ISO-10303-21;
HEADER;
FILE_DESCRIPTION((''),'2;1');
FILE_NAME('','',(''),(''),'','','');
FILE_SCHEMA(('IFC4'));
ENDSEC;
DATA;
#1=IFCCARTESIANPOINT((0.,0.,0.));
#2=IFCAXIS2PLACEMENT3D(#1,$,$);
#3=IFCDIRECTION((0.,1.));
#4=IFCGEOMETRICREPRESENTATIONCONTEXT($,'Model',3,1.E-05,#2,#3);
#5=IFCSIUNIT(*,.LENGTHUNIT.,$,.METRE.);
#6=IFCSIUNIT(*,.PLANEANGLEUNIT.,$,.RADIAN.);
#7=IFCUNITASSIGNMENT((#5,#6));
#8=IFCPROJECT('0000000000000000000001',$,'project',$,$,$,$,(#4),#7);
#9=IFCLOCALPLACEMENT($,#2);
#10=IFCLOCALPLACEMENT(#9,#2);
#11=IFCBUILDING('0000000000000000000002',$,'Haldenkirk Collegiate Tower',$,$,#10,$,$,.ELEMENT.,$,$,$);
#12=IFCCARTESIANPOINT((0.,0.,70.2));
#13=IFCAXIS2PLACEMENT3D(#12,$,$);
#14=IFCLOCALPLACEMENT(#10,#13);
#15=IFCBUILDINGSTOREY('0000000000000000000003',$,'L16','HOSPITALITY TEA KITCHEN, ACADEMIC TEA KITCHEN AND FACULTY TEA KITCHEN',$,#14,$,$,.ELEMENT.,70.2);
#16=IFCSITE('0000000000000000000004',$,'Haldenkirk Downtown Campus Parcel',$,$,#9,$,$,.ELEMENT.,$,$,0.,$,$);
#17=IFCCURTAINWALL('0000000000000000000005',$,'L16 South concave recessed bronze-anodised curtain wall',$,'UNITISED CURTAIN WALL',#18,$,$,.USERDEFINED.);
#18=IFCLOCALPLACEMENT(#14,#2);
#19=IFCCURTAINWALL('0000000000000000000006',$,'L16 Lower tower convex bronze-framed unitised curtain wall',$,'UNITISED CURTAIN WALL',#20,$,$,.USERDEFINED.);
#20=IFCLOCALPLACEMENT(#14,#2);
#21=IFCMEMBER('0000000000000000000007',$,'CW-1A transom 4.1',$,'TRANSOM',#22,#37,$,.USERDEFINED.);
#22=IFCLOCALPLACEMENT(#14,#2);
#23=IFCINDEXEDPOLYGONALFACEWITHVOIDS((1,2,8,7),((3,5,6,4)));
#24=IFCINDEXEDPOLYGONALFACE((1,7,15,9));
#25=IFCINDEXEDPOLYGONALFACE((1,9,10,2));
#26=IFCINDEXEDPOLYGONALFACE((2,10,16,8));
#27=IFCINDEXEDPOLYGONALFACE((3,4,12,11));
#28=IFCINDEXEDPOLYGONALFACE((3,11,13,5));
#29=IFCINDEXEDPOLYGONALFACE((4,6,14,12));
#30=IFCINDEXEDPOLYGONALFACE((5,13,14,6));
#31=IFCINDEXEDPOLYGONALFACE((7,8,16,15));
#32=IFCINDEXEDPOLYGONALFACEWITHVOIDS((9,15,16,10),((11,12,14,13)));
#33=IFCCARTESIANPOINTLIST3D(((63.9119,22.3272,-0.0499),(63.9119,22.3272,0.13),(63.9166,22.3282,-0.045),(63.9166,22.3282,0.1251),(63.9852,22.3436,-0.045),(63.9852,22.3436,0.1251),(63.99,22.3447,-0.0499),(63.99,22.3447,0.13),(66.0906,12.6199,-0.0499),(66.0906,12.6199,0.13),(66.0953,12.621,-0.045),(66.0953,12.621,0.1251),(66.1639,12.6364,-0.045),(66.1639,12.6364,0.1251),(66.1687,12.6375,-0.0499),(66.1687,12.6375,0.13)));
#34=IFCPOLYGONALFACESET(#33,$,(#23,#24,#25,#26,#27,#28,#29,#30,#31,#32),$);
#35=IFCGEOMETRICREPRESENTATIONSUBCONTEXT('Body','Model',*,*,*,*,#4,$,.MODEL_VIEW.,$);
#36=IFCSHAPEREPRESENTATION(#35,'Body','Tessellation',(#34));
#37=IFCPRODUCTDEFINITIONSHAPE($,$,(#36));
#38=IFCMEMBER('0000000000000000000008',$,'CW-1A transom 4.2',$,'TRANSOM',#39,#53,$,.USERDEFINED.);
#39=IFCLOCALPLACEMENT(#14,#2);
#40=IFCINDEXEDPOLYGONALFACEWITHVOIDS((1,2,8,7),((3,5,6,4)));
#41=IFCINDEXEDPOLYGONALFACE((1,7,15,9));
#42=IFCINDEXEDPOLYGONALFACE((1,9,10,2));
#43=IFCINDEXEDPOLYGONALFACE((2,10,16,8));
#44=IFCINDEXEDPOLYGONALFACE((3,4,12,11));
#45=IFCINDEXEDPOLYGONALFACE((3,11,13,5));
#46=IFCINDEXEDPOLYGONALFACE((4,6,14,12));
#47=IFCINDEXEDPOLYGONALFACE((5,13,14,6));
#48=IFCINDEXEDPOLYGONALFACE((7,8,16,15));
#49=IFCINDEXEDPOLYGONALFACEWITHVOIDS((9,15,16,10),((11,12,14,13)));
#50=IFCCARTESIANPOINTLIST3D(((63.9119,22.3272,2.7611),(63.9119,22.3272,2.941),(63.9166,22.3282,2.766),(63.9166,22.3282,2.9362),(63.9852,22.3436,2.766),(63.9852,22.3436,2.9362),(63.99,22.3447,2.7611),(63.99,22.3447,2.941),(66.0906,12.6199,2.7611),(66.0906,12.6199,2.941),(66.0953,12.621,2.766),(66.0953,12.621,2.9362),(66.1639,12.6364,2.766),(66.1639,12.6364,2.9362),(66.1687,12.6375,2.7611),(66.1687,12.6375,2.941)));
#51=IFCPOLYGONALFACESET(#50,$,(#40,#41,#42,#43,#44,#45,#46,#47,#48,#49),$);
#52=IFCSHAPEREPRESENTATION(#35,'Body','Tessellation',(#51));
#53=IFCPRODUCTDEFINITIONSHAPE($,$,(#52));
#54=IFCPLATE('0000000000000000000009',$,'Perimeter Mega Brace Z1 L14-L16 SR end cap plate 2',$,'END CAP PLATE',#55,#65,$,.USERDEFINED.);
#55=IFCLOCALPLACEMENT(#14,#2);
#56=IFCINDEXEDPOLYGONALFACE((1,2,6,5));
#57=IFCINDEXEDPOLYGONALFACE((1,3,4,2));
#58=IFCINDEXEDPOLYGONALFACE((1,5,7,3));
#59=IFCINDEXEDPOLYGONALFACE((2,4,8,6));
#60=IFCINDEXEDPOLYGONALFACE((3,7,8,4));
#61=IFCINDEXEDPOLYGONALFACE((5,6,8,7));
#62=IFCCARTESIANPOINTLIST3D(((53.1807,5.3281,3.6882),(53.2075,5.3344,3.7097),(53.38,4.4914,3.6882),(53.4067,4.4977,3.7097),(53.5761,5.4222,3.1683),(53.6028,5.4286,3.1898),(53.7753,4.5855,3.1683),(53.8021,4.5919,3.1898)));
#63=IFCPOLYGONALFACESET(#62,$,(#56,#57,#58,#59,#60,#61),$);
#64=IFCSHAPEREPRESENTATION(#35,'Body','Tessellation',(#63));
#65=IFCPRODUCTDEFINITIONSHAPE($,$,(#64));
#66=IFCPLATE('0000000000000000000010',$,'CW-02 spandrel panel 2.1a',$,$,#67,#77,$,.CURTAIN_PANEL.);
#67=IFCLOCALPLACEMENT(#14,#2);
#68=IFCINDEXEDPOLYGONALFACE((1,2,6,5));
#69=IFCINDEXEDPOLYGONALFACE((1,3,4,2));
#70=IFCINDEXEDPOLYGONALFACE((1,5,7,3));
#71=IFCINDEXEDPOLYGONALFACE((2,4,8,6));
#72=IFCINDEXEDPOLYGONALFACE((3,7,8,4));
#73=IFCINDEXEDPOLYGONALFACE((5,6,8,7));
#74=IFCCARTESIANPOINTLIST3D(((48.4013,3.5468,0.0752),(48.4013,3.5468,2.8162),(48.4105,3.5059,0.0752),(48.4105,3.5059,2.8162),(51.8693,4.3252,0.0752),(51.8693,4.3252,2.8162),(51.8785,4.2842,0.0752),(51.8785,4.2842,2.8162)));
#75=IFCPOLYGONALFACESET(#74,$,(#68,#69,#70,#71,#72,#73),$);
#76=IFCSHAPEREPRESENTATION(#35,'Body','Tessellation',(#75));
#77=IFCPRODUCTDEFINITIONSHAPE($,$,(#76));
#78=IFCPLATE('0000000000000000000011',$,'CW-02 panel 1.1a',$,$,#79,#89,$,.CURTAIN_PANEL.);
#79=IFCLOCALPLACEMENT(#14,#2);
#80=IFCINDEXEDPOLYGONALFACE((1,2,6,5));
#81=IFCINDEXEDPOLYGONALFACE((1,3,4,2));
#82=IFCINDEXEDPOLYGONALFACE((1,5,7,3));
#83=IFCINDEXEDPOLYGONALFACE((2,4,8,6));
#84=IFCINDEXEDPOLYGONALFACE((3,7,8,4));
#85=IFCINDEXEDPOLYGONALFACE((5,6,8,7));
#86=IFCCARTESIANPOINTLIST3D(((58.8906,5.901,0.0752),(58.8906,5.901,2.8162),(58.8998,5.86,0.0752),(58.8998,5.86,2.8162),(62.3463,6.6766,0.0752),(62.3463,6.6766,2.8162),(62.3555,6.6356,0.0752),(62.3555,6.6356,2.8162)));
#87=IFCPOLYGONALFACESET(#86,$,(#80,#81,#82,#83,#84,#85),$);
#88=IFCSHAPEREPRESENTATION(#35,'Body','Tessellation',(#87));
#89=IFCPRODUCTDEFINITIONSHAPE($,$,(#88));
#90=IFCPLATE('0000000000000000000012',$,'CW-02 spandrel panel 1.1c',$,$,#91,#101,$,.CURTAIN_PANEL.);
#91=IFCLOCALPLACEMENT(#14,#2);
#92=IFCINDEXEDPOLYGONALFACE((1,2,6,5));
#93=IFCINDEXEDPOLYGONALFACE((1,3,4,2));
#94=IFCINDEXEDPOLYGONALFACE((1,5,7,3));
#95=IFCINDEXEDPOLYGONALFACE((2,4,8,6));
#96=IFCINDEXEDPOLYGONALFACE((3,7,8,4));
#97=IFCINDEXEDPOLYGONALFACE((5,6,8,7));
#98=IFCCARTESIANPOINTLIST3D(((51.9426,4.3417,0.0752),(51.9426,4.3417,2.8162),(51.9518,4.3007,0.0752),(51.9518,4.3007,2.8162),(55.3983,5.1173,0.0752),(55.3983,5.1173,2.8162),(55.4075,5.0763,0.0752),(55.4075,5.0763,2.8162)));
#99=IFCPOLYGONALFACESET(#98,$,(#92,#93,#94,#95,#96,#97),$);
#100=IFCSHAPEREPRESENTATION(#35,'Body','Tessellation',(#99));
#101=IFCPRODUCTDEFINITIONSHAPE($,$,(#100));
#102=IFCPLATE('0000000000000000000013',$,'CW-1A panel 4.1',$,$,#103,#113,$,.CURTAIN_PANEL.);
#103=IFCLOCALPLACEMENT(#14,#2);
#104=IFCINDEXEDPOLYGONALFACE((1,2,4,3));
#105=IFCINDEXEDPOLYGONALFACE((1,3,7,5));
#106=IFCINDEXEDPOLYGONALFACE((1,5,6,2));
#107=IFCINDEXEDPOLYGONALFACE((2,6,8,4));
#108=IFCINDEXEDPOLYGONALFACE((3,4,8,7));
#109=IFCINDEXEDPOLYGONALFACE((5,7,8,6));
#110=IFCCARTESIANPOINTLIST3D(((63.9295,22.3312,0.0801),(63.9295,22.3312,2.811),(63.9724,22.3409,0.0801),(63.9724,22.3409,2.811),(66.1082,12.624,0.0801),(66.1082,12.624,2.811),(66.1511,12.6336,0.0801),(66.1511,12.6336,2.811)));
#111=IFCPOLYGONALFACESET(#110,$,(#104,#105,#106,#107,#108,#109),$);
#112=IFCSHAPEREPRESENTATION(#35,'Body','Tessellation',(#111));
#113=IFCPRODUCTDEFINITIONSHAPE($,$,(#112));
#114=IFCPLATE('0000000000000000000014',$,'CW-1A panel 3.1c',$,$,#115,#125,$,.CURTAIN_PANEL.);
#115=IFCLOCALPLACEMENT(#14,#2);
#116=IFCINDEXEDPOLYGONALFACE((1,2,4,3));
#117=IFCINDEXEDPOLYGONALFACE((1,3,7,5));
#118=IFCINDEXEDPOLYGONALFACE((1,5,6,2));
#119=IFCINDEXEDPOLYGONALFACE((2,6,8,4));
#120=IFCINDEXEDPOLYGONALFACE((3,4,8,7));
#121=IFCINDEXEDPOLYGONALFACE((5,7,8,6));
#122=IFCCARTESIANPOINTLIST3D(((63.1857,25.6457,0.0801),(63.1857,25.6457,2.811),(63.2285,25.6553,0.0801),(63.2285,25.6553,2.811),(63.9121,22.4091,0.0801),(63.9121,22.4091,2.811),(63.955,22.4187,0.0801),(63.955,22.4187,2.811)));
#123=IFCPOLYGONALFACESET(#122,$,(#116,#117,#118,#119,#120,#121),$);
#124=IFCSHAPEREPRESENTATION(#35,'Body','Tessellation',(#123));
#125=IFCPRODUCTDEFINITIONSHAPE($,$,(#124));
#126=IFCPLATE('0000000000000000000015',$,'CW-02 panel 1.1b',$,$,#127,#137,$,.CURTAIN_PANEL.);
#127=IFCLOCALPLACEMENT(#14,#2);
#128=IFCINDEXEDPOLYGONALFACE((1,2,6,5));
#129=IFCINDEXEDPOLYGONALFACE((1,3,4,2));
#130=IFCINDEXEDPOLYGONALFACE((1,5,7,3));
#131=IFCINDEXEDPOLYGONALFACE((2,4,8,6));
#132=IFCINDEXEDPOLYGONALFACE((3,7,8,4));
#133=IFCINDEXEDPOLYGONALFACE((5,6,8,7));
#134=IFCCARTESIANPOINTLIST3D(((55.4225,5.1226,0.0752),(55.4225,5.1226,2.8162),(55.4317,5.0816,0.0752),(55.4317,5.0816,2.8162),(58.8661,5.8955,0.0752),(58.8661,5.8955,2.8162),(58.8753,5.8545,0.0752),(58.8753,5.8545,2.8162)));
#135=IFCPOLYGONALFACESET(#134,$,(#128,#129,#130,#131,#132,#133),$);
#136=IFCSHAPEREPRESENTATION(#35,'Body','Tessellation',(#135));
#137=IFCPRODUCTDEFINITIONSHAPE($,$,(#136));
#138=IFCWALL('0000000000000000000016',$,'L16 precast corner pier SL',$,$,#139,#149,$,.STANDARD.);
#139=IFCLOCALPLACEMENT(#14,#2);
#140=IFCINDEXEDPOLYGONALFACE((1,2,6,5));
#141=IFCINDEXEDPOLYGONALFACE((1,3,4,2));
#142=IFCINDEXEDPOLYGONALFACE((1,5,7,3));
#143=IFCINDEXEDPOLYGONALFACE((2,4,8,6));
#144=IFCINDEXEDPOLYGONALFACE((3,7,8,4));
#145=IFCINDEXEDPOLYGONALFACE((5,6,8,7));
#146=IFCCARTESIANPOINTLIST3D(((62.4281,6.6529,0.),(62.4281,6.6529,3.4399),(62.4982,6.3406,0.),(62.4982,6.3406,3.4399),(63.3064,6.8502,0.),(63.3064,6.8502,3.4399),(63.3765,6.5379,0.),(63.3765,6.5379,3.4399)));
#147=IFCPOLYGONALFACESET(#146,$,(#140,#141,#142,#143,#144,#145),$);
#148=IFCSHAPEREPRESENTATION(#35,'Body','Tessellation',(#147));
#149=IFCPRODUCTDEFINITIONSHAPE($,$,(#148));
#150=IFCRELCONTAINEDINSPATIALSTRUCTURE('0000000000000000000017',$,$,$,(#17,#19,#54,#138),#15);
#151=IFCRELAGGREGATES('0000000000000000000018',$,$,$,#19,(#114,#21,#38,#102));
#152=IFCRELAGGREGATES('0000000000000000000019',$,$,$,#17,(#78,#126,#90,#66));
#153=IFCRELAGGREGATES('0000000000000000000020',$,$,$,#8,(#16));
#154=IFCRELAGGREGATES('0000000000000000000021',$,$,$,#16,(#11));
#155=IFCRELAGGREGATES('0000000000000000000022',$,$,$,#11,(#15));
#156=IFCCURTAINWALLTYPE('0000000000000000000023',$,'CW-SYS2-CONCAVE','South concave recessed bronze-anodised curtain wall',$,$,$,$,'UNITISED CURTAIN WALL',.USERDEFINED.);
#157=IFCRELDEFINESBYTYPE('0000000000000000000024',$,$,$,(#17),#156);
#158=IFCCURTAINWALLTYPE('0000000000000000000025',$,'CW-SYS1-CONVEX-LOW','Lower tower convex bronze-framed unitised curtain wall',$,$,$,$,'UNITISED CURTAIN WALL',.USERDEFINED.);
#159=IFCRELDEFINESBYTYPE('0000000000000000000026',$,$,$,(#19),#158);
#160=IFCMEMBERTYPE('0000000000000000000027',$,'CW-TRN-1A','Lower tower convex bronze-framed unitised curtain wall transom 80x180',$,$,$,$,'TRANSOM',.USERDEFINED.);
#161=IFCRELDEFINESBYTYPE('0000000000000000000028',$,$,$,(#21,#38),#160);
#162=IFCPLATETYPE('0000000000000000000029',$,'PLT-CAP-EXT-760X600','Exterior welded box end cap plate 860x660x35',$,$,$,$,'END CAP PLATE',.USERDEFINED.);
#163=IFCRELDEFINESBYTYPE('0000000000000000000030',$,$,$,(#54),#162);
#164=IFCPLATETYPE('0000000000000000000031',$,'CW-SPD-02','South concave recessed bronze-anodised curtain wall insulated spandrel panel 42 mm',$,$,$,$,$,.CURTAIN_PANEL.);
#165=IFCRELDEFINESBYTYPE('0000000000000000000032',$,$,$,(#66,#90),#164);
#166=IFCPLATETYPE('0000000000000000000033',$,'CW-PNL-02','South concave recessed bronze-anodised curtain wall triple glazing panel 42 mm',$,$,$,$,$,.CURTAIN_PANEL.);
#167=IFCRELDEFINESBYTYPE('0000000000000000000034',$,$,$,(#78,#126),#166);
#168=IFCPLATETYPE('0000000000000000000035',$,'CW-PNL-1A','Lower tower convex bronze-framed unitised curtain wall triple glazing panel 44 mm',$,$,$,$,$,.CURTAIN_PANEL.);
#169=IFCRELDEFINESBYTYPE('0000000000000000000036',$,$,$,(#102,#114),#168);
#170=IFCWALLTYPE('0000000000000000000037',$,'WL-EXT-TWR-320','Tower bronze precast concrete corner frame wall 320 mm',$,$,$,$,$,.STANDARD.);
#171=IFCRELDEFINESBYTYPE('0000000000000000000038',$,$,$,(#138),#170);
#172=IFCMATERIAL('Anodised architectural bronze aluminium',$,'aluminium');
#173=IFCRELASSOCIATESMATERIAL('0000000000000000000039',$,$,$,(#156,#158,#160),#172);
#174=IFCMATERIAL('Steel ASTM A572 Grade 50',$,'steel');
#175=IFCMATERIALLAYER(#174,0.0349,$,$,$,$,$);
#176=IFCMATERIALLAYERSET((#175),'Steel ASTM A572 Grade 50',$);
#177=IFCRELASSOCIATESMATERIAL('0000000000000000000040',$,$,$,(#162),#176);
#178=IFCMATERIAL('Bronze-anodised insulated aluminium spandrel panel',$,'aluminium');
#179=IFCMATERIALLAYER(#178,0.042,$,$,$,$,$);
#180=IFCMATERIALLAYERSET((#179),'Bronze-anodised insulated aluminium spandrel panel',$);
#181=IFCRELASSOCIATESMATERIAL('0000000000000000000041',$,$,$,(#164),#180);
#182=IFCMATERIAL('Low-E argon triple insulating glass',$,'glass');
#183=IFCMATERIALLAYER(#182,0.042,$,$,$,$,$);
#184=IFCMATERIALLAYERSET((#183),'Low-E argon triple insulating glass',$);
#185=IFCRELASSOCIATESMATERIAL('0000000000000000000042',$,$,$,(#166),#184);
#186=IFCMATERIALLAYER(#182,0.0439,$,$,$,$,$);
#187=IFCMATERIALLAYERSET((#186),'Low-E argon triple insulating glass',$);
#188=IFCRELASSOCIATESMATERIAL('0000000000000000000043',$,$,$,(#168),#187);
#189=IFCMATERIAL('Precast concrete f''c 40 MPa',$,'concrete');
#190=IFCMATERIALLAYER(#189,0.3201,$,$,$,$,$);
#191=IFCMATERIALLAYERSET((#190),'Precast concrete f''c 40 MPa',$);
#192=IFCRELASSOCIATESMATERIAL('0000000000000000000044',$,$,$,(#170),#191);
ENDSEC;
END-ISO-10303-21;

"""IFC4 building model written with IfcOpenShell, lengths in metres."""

from ifc_helpers import new_model, si_unit, direction, frame, frame_2d, origin, origin_2d, place, context, subcontext, project, spatial, rectangle, hollow_rectangle, extrude, source, transform, mapped, material, layer, layer_set, material_profile, profile_set, type_object, element, aggregate, save


model = new_model("IFC4")

# Units and contexts
model_context = context("Model", 3, precision=1e-05, world=origin(), true_north=direction((0.0, 1.0)))
body_context = subcontext(model_context, "Body", "Model", "MODEL_VIEW")
ifc_project = project(units=[si_unit("LENGTHUNIT", "METRE"), si_unit("PLANEANGLEUNIT", "RADIAN")], contexts=[model_context])

# Site, building, storey
site_placement = place(None, origin())
site = spatial("IfcSite", under=ifc_project, at=site_placement, Name="Haldenkirk Downtown Campus Parcel", CompositionType="ELEMENT", RefElevation=0.0)
building_placement = place(site_placement, origin())
building = spatial("IfcBuilding", under=site, at=building_placement, Name="Haldenkirk Collegiate Tower", CompositionType="ELEMENT")
storey_placement = place(building_placement, frame((0.0, 0.0, 70.2)))
storey = spatial("IfcBuildingStorey", under=building, at=storey_placement, Name="L16", Description="HOSPITALITY TEA KITCHEN, ACADEMIC TEA KITCHEN AND FACULTY TEA KITCHEN", CompositionType="ELEMENT", Elevation=70.2)

# Shared definitions
ifc_material_1 = material(Name="Steel ASTM A572 Grade 50", Category="steel")

# Curtain walls
ifc_material_2 = material(Name="Anodised architectural bronze aluminium", Category="aluminium")
curtain_wall_type_1 = type_object("IfcCurtainWallType", Name="CW-SYS2-CONCAVE", Description="South concave recessed bronze-anodised curtain wall", ElementType="UNITISED CURTAIN WALL", PredefinedType="USERDEFINED", material=ifc_material_2)
curtain_wall_1_placement = place(storey_placement, origin())
curtain_wall_1 = element("IfcCurtainWall", 1, at=curtain_wall_1_placement, inside=storey, type_object=curtain_wall_type_1, Name="L16 South concave recessed bronze-anodised curtain wall", ObjectType="UNITISED CURTAIN WALL", PredefinedType="USERDEFINED")
curtain_wall_type_2 = type_object("IfcCurtainWallType", Name="CW-SYS1-CONVEX-LOW", Description="Lower tower convex bronze-framed unitised curtain wall", ElementType="UNITISED CURTAIN WALL", PredefinedType="USERDEFINED", material=ifc_material_2)
curtain_wall_2_placement = place(storey_placement, origin())
curtain_wall_2 = element("IfcCurtainWall", 2, at=curtain_wall_2_placement, inside=storey, type_object=curtain_wall_type_2, Name="L16 Lower tower convex bronze-framed unitised curtain wall", ObjectType="UNITISED CURTAIN WALL", PredefinedType="USERDEFINED")

# Members
ifc_material_profile_1 = material_profile(ifc_material_2, hollow_rectangle(XDim=0.0801, YDim=0.1799, WallThickness=0.0049, at=origin_2d()), Name="CW-TRN-1A")
ifc_profile_set_1 = profile_set([ifc_material_profile_1], Name="Anodised architectural bronze aluminium")
member_type_1 = type_object("IfcMemberType", Name="CW-TRN-1A", Description="Lower tower convex bronze-framed unitised curtain wall transom 80x180", ElementType="TRANSOM", PredefinedType="USERDEFINED", material=ifc_profile_set_1)
member_1_placement = place(storey_placement, frame((63.9509, 22.3359, 0.04), z_axis=(0.218993, -0.975726, 0.0), x_axis=(0.975726, 0.218993, 0.0)))
member_1 = element("IfcMember", 3, at=member_1_placement, type_object=member_type_1, Name="CW-1A transom 4.1", ObjectType="TRANSOM", PredefinedType="USERDEFINED", context=body_context, shape_type="SweptSolid", body=[
    extrude(hollow_rectangle(XDim=0.0801, YDim=0.1799, WallThickness=0.0049, at=origin_2d()), origin(), (0.0, 0.0, 1.0), 9.9487),
])
member_2_placement = place(storey_placement, frame((63.9509, 22.3359, 2.8511), z_axis=(0.218993, -0.975726, 0.0), x_axis=(0.975726, 0.218993, 0.0)))
member_2 = element("IfcMember", 4, at=member_2_placement, type_object=member_type_1, Name="CW-1A transom 4.2", ObjectType="TRANSOM", PredefinedType="USERDEFINED", context=body_context, shape_type="SweptSolid", body=[
    extrude(hollow_rectangle(XDim=0.0801, YDim=0.1799, WallThickness=0.0049, at=origin_2d()), origin(), (0.0, 0.0, 1.0), 9.9487),
])

# Plates
ifc_layer_1 = layer(ifc_material_1, 0.0349)
ifc_layer_set_1 = layer_set([ifc_layer_1], Name="Steel ASTM A572 Grade 50")
plate_type_1 = type_object("IfcPlateType", Name="PLT-CAP-EXT-760X600", Description="Exterior welded box end cap plate 860x660x35", ElementType="END CAP PLATE", PredefinedType="USERDEFINED", material=ifc_layer_set_1)
shared_shape_1 = source(origin(), body_context, "Body", "SweptSolid", [
    extrude(rectangle(XDim=0.8601, YDim=0.6599, at=origin_2d()), origin(), (0.0, 0.0, 1.0), 0.0349),
])
plate_1_placement = place(storey_placement, frame((53.478, 4.9568, 3.4282), z_axis=(0.766452, 0.182499, 0.615829), x_axis=(-0.231633, 0.972803, 0.0)))
element("IfcPlate", 5, at=plate_1_placement, inside=storey, type_object=plate_type_1, Name="Perimeter Mega Brace Z1 L14-L16 SR end cap plate 2", ObjectType="END CAP PLATE", PredefinedType="USERDEFINED", context=body_context, shape_type="MappedRepresentation", body=[
    mapped(shared_shape_1, transform((0.0, 0.0, 0.0), x_axis=(1.0, 0.0, 0.0), y_axis=(0.0, 1.0, 0.0), z_axis=(0.0, 0.0, 1.0), scale=1.0)),
])
ifc_material_3 = material(Name="Bronze-anodised insulated aluminium spandrel panel", Category="aluminium")
ifc_layer_2 = layer(ifc_material_3, 0.042)
ifc_layer_set_2 = layer_set([ifc_layer_2], Name="Bronze-anodised insulated aluminium spandrel panel")
plate_type_2 = type_object("IfcPlateType", Name="CW-SPD-02", Description="South concave recessed bronze-anodised curtain wall insulated spandrel panel 42 mm", PredefinedType="CURTAIN_PANEL", material=ifc_layer_set_2)
shared_shape_2 = source(origin(), body_context, "Body", "SweptSolid", [
    extrude(rectangle(XDim=3.5542, YDim=0.042, at=origin_2d()), origin(), (0.0, 0.0, 1.0), 2.741),
])
plate_2_placement = place(storey_placement, frame((50.1399, 3.9155, 0.0752), z_axis=(0.0, 0.0, 1.0), x_axis=(-0.975726, -0.218994, 0.0)))
plate_2 = element("IfcPlate", 6, at=plate_2_placement, type_object=plate_type_2, Name="CW-02 spandrel panel 2.1a", PredefinedType="CURTAIN_PANEL", context=body_context, shape_type="MappedRepresentation", body=[
    mapped(shared_shape_2, transform((0.0, 0.0, 0.0), x_axis=(1.0, 0.0, 0.0), y_axis=(0.0, 1.0, 0.0), z_axis=(0.0, 0.0, 1.0), scale=1.0)),
])
ifc_material_4 = material(Name="Low-E argon triple insulating glass", Category="glass")
ifc_layer_3 = layer(ifc_material_4, 0.042)
ifc_layer_set_3 = layer_set([ifc_layer_3], Name="Low-E argon triple insulating glass")
plate_type_3 = type_object("IfcPlateType", Name="CW-PNL-02", Description="South concave recessed bronze-anodised curtain wall triple glazing panel 42 mm", PredefinedType="CURTAIN_PANEL", material=ifc_layer_set_3)
shared_shape_3 = source(origin(), body_context, "Body", "SweptSolid", [
    extrude(rectangle(XDim=3.5417, YDim=0.042, at=origin_2d()), origin(), (0.0, 0.0, 1.0), 2.741),
])
plate_3_placement = place(storey_placement, frame((60.623, 6.2683, 0.0752), z_axis=(0.0, 0.0, 1.0), x_axis=(-0.975726, -0.218994, 0.0)))
plate_3 = element("IfcPlate", 7, at=plate_3_placement, type_object=plate_type_3, Name="CW-02 panel 1.1a", PredefinedType="CURTAIN_PANEL", context=body_context, shape_type="MappedRepresentation", body=[
    mapped(shared_shape_3, transform((0.0, 0.0, 0.0), x_axis=(1.0, 0.0, 0.0), y_axis=(0.0, 1.0, 0.0), z_axis=(0.0, 0.0, 1.0), scale=1.0)),
])
plate_4_placement = place(storey_placement, frame((53.675, 4.709, 0.0752), z_axis=(0.0, 0.0, 1.0), x_axis=(-0.975726, -0.218994, 0.0)))
plate_4 = element("IfcPlate", 8, at=plate_4_placement, type_object=plate_type_2, Name="CW-02 spandrel panel 1.1c", PredefinedType="CURTAIN_PANEL", context=body_context, shape_type="MappedRepresentation", body=[
    mapped(shared_shape_3, transform((0.0, 0.0, 0.0), x_axis=(1.0, 0.0, 0.0), y_axis=(0.0, 1.0, 0.0), z_axis=(0.0, 0.0, 1.0), scale=1.0)),
])
ifc_layer_4 = layer(ifc_material_4, 0.0439)
ifc_layer_set_4 = layer_set([ifc_layer_4], Name="Low-E argon triple insulating glass")
plate_type_4 = type_object("IfcPlateType", Name="CW-PNL-1A", Description="Lower tower convex bronze-framed unitised curtain wall triple glazing panel 44 mm", PredefinedType="CURTAIN_PANEL", material=ifc_layer_set_4)
shared_shape_4 = source(origin(), body_context, "Body", "SweptSolid", [
    extrude(rectangle(XDim=9.9487, YDim=0.0439, at=origin_2d()), origin(), (0.0, 0.0, 1.0), 2.731),
])
plate_5_placement = place(storey_placement, frame((65.0403, 17.4824, 0.0801), z_axis=(0.0, 0.0, 1.0), x_axis=(0.218995, -0.975726, 0.0)))
plate_5 = element("IfcPlate", 9, at=plate_5_placement, type_object=plate_type_4, Name="CW-1A panel 4.1", PredefinedType="CURTAIN_PANEL", context=body_context, shape_type="MappedRepresentation", body=[
    mapped(shared_shape_4, transform((0.0, 0.0, 0.0), x_axis=(1.0, 0.0, 0.0), y_axis=(0.0, 1.0, 0.0), z_axis=(0.0, 0.0, 1.0), scale=1.0)),
])
shared_shape_5 = source(origin(), body_context, "Body", "SweptSolid", [
    extrude(rectangle(XDim=3.3171, YDim=0.0439, at=origin_2d()), origin(), (0.0, 0.0, 1.0), 2.731),
])
plate_6_placement = place(storey_placement, frame((63.5703, 24.0322, 0.0801), z_axis=(0.0, 0.0, 1.0), x_axis=(0.218995, -0.975726, 0.0)))
plate_6 = element("IfcPlate", 10, at=plate_6_placement, type_object=plate_type_4, Name="CW-1A panel 3.1c", PredefinedType="CURTAIN_PANEL", context=body_context, shape_type="MappedRepresentation", body=[
    mapped(shared_shape_5, transform((0.0, 0.0, 0.0), x_axis=(1.0, 0.0, 0.0), y_axis=(0.0, 1.0, 0.0), z_axis=(0.0, 0.0, 1.0), scale=1.0)),
])
aggregate(curtain_wall_2, [plate_6, member_1, member_2, plate_5])
shared_shape_6 = source(origin(), body_context, "Body", "SweptSolid", [
    extrude(rectangle(XDim=3.5293, YDim=0.042, at=origin_2d()), origin(), (0.0, 0.0, 1.0), 2.741),
])
plate_7_placement = place(storey_placement, frame((57.1489, 5.4885, 0.0752), z_axis=(0.0, 0.0, 1.0), x_axis=(-0.975726, -0.218994, 0.0)))
plate_7 = element("IfcPlate", 11, at=plate_7_placement, type_object=plate_type_3, Name="CW-02 panel 1.1b", PredefinedType="CURTAIN_PANEL", context=body_context, shape_type="MappedRepresentation", body=[
    mapped(shared_shape_6, transform((0.0, 0.0, 0.0), x_axis=(1.0, 0.0, 0.0), y_axis=(0.0, 1.0, 0.0), z_axis=(0.0, 0.0, 1.0), scale=1.0)),
])
aggregate(curtain_wall_1, [plate_3, plate_7, plate_4, plate_2])

# Wall
ifc_material_5 = material(Name="Precast concrete f'c 40 MPa", Category="concrete")
ifc_layer_5 = layer(ifc_material_5, 0.3201)
ifc_layer_set_5 = layer_set([ifc_layer_5], Name="Precast concrete f'c 40 MPa")
wall_type_1 = type_object("IfcWallType", Name="WL-EXT-TWR-320", Description="Tower bronze precast concrete corner frame wall 320 mm", PredefinedType="STANDARD", material=ifc_layer_set_5)
wall_1_placement = place(storey_placement, frame((63.3416, 6.6941, 0.0), z_axis=(0.0, 0.0, 1.0), x_axis=(-0.975687, -0.21917, 0.0)))
element("IfcWall", 12, at=wall_1_placement, inside=storey, type_object=wall_type_1, Name="L16 precast corner pier SL", PredefinedType="STANDARD", context=body_context, shape_type="SweptSolid", body=[
    extrude(rectangle(XDim=0.9001, YDim=0.3201, at=frame_2d((0.4502, 0.0))), origin(), (0.0, 0.0, 1.0), 3.4399),
])

save(model, "model.ifc")
